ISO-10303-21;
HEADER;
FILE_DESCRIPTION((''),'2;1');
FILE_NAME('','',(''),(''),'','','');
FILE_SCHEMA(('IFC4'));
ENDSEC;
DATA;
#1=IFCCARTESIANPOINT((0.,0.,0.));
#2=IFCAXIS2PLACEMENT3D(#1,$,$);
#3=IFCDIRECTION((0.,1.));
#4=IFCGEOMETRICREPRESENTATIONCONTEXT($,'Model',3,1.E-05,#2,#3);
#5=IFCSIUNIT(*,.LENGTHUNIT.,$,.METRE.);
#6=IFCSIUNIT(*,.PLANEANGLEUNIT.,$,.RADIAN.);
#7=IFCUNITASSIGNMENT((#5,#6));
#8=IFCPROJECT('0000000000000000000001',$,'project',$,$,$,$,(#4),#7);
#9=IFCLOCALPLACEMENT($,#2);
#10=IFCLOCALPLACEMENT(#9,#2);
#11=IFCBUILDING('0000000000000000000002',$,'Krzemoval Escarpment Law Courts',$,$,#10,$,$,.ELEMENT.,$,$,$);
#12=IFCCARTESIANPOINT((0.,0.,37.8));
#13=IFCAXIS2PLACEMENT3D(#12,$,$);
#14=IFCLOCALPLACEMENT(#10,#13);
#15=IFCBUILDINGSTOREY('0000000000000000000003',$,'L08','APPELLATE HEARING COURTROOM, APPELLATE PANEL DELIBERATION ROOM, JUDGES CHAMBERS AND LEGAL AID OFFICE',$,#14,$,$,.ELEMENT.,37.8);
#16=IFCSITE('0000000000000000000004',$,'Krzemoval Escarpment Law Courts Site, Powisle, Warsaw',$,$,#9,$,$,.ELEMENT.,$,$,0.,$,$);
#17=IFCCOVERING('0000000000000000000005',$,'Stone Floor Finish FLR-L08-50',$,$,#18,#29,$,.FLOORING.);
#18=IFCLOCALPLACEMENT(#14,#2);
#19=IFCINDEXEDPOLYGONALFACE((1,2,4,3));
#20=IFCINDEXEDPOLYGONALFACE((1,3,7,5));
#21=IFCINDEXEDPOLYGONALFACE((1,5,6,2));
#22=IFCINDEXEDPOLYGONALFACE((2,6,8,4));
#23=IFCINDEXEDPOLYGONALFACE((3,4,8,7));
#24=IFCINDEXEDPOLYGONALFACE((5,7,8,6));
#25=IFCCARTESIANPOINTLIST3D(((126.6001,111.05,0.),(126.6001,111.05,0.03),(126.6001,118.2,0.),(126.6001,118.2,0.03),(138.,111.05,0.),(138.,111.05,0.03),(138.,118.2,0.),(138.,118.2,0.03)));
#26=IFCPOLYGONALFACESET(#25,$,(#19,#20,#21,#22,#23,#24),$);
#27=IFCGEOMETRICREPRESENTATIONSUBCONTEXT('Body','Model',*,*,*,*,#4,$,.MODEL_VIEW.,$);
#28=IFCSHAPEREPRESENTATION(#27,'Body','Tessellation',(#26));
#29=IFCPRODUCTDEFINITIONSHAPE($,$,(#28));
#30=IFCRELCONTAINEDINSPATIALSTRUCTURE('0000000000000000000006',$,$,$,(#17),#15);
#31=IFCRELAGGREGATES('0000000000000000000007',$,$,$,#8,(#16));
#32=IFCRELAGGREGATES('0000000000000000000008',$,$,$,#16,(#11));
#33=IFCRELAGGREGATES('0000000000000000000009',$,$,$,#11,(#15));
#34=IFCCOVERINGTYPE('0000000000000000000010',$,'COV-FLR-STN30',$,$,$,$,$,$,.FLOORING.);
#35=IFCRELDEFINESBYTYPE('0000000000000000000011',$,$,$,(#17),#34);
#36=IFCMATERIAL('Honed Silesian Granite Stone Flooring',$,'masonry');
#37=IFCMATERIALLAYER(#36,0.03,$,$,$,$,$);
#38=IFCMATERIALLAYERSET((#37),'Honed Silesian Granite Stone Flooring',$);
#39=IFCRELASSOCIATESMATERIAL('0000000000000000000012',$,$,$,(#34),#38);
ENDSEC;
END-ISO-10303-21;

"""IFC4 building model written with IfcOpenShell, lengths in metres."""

from ifc_helpers import new_model, si_unit, direction, frame, origin, place, context, subcontext, project, spatial, polyline, outline, extrude, material, layer, layer_set, type_object, element, save


model = new_model("IFC4")

# Units and contexts
model_context = context("Model", 3, precision=1e-05, world=origin(), true_north=direction((0.0, 1.0)))
body_context = subcontext(model_context, "Body", "Model", "MODEL_VIEW")
ifc_project = project(units=[si_unit("LENGTHUNIT", "METRE"), si_unit("PLANEANGLEUNIT", "RADIAN")], contexts=[model_context])

# Site, building, storey
site_placement = place(None, origin())
site = spatial("IfcSite", under=ifc_project, at=site_placement, Name="Krzemoval Escarpment Law Courts Site, Powisle, Warsaw", CompositionType="ELEMENT", RefElevation=0.0)
building_placement = place(site_placement, origin())
building = spatial("IfcBuilding", under=site, at=building_placement, Name="Krzemoval Escarpment Law Courts", CompositionType="ELEMENT")
storey_placement = place(building_placement, frame((0.0, 0.0, 37.8)))
storey = spatial("IfcBuildingStorey", under=building, at=storey_placement, Name="L08", Description="APPELLATE HEARING COURTROOM, APPELLATE PANEL DELIBERATION ROOM, JUDGES CHAMBERS AND LEGAL AID OFFICE", CompositionType="ELEMENT", Elevation=37.8)

# Covering
ifc_material_1 = material(Name="Honed Silesian Granite Stone Flooring", Category="masonry")
ifc_layer_1 = layer(ifc_material_1, 0.03)
ifc_layer_set_1 = layer_set([ifc_layer_1], Name="Honed Silesian Granite Stone Flooring")
covering_type = type_object("IfcCoveringType", Name="COV-FLR-STN30", PredefinedType="FLOORING", material=ifc_layer_set_1)
covering_1_placement = place(storey_placement, origin())
element("IfcCovering", 1, at=covering_1_placement, inside=storey, type_object=covering_type, Name="Stone Floor Finish FLR-L08-50", PredefinedType="FLOORING", context=body_context, shape_type="SweptSolid", body=[
    extrude(outline(polyline([(126.6001, 111.05), (126.6001, 118.2), (138.0, 118.2), (138.0, 111.05), (126.6001, 111.05)])), origin(), (0.0, 0.0, 1.0), 0.03),
])

save(model, "model.ifc")
